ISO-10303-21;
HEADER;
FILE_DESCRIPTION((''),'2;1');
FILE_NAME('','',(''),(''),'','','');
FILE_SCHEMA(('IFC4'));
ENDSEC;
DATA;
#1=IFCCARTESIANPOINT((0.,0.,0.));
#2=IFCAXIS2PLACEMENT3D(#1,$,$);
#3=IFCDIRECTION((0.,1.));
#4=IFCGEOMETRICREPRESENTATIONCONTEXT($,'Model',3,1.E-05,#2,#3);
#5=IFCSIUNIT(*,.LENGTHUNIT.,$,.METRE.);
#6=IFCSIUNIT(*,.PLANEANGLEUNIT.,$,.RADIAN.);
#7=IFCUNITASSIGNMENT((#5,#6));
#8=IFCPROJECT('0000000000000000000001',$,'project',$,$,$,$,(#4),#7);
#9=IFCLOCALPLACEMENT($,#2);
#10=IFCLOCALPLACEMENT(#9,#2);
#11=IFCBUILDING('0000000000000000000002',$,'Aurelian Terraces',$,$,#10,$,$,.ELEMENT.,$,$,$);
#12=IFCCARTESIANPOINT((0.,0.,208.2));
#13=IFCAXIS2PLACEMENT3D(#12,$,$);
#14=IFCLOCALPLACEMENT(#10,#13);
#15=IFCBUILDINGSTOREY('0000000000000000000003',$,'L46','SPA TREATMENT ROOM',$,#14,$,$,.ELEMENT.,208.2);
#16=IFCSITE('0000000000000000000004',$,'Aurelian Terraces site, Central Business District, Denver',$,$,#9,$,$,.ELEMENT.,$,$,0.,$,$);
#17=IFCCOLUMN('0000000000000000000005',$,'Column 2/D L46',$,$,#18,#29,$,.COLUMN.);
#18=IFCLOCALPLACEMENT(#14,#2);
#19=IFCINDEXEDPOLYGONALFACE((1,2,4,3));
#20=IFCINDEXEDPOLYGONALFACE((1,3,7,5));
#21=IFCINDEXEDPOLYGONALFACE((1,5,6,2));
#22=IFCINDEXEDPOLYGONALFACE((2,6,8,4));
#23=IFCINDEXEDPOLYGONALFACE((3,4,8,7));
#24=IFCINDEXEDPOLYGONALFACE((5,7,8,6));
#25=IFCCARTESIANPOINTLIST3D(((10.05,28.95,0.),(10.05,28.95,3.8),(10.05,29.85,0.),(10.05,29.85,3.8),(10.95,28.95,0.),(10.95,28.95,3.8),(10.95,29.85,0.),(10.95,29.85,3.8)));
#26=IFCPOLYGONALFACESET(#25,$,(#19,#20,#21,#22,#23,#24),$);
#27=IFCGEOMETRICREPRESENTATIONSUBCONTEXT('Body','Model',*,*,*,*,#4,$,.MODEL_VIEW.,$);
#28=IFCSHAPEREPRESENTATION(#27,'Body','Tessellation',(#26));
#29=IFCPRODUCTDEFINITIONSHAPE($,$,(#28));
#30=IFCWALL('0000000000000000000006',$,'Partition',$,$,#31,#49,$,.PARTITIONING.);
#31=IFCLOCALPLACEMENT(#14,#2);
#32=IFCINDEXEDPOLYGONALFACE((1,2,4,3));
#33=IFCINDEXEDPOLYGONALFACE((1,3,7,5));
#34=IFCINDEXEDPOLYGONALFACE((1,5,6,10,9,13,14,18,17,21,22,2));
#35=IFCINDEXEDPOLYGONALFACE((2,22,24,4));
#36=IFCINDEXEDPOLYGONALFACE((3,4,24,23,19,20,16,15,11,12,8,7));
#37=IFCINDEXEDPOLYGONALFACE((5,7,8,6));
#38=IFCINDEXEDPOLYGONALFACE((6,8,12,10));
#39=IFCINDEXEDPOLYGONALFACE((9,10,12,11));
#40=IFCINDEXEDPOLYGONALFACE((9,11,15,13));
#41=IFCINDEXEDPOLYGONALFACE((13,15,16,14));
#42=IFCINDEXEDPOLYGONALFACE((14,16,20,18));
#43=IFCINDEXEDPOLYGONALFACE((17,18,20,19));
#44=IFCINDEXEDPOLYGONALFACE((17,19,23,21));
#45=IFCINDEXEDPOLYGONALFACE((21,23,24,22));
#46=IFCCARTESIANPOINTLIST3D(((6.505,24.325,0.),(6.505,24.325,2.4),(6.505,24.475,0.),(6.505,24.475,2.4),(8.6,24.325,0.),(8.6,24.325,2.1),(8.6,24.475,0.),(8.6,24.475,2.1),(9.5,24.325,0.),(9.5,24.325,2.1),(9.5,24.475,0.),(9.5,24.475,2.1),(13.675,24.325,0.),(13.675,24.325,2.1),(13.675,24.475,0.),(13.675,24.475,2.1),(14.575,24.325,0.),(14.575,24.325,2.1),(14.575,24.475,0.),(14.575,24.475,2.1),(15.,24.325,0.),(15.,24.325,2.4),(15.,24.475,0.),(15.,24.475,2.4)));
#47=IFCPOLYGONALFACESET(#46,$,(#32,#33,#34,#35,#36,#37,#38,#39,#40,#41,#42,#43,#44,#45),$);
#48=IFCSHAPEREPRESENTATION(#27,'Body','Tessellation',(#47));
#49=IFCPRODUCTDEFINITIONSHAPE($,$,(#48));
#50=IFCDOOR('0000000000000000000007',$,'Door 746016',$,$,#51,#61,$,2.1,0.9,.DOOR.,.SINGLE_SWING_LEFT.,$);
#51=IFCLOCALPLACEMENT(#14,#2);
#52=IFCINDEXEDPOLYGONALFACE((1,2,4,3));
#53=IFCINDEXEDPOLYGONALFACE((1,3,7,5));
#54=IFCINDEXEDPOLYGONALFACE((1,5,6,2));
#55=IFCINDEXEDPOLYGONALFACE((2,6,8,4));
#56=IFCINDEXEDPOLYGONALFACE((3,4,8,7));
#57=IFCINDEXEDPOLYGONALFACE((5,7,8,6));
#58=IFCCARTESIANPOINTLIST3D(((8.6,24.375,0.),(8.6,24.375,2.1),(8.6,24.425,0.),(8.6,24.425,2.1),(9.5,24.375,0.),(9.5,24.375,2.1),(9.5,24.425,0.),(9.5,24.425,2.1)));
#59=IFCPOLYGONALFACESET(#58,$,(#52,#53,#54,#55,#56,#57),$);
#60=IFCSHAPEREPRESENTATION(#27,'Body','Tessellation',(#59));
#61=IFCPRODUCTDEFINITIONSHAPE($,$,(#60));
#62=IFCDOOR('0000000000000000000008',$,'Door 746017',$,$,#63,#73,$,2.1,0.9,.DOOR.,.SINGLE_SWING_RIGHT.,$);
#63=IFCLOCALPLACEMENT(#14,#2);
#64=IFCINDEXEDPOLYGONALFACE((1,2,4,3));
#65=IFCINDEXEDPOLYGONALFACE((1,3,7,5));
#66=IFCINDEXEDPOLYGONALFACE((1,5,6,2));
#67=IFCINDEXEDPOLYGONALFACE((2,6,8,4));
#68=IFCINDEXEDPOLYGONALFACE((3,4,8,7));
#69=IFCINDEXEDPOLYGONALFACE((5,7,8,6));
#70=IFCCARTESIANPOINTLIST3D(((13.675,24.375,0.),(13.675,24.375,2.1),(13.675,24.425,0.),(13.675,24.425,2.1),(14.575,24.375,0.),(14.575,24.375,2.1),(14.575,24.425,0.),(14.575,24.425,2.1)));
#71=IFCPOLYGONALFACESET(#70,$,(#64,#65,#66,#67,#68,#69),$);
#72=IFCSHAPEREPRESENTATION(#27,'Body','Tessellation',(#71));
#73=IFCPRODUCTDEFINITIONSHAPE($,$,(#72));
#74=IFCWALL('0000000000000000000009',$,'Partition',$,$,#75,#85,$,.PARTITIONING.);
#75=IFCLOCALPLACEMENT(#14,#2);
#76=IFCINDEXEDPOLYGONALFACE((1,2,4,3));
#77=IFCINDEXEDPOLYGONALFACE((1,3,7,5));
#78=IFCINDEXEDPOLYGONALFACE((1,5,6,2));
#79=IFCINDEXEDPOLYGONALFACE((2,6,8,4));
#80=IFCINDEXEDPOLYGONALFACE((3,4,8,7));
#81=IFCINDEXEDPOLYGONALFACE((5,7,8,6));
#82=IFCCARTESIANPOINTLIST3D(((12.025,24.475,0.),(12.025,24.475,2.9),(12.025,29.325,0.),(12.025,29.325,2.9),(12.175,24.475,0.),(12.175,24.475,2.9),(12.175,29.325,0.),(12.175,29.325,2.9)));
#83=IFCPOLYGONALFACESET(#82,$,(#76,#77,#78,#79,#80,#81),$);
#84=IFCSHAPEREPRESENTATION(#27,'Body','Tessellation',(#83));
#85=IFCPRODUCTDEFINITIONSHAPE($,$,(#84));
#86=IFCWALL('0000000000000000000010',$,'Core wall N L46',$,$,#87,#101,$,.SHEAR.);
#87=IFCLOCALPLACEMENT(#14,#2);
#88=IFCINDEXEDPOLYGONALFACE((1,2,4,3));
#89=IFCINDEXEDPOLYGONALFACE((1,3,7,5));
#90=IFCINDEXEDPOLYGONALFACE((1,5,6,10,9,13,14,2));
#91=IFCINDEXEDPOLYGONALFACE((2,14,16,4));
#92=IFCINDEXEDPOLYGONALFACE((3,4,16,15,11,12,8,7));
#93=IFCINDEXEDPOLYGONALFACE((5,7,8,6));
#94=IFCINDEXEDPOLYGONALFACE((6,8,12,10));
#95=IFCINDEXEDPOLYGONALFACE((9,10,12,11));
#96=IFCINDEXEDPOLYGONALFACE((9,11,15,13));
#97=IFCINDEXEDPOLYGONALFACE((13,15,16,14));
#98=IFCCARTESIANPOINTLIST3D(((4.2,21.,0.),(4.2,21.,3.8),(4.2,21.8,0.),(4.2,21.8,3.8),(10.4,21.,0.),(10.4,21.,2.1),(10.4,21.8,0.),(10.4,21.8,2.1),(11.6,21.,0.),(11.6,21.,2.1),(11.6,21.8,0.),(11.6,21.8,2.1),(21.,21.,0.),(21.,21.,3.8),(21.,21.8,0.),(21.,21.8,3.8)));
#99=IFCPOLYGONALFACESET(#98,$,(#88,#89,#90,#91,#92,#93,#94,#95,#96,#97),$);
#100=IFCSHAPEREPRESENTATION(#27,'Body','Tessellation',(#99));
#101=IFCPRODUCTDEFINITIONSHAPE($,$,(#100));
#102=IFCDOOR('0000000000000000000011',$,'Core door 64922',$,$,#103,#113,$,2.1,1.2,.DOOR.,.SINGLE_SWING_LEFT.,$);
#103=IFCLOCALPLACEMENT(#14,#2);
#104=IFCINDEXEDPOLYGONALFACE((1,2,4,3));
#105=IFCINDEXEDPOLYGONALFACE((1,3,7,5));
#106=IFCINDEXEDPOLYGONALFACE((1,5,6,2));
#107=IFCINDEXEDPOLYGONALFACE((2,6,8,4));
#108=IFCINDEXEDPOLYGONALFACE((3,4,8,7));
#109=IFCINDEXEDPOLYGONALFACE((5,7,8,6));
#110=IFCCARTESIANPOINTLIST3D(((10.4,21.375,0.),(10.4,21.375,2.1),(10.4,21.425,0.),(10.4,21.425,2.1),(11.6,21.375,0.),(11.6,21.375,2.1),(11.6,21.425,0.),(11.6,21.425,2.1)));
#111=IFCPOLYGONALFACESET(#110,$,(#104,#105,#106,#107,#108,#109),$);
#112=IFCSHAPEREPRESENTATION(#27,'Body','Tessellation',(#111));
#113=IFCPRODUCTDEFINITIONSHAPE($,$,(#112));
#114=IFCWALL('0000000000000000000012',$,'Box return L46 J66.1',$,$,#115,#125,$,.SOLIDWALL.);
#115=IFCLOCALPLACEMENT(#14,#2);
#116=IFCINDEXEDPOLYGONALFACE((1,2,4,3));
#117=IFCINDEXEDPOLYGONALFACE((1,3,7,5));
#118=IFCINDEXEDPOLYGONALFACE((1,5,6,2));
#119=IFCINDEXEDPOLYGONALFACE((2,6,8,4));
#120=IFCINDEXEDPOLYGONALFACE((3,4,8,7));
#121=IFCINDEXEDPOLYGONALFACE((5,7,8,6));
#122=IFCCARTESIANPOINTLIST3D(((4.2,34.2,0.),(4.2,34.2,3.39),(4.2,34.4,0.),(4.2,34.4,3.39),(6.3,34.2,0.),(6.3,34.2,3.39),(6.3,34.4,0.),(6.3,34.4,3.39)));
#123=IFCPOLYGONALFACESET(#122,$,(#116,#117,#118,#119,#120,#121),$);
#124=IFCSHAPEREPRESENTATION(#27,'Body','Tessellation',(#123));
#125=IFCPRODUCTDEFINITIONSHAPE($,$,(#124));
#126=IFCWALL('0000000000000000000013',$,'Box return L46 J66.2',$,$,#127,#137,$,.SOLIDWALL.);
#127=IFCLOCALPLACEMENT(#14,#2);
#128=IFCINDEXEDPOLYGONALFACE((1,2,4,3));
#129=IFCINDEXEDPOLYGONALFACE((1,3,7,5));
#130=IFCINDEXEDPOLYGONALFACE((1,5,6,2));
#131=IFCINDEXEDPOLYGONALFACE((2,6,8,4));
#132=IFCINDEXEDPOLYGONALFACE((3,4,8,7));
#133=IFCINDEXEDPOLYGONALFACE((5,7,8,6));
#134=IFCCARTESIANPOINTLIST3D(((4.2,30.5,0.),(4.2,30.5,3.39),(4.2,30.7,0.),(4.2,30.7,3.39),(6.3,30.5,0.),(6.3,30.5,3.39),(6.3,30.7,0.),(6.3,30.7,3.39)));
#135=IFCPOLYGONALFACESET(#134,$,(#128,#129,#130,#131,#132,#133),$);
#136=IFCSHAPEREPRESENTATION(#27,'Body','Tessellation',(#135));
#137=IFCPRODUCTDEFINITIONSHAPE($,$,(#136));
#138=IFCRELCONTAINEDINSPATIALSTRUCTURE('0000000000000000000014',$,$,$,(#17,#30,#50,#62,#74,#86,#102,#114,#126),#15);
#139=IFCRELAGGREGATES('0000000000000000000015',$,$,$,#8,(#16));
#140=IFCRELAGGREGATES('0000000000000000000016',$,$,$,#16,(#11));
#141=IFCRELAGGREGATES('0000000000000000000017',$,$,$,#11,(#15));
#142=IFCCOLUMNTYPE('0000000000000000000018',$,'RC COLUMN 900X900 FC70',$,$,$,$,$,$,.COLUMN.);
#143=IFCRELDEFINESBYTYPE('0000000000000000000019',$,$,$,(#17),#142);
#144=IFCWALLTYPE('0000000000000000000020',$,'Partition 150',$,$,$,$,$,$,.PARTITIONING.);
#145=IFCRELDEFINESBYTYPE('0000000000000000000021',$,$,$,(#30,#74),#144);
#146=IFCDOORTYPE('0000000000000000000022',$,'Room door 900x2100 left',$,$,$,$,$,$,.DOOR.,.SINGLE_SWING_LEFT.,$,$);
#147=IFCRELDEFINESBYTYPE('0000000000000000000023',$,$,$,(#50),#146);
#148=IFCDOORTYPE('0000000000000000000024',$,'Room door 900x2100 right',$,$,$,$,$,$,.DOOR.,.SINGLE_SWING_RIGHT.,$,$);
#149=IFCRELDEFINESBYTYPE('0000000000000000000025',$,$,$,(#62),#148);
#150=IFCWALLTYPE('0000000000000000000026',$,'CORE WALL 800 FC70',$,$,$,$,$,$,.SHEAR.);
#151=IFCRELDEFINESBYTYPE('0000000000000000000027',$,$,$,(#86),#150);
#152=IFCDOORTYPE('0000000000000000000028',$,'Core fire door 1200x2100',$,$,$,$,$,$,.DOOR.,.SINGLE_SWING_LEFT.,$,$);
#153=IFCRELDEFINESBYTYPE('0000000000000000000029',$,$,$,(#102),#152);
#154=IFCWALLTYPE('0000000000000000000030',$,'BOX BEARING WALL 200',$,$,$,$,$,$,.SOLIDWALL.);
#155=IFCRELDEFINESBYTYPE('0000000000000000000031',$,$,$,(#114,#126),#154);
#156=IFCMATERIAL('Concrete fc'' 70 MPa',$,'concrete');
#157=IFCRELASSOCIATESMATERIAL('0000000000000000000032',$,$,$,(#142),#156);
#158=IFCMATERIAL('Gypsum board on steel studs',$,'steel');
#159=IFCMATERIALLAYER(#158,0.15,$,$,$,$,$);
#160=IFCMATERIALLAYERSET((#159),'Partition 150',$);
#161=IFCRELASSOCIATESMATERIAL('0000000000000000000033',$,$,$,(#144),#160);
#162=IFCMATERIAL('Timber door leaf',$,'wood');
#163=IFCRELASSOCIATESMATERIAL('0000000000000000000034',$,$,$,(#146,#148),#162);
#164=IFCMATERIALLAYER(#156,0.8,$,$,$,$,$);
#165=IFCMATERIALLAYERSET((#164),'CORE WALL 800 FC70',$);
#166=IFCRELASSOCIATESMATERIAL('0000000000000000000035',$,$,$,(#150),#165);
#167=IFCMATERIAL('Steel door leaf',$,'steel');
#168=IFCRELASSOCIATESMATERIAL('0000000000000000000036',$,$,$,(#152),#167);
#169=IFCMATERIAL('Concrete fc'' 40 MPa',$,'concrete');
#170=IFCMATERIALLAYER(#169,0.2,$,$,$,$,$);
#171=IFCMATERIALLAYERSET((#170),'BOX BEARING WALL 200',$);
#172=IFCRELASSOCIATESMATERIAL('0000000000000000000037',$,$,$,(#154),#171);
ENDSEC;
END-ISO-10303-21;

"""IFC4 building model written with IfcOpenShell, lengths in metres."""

from ifc_helpers import new_model, si_unit, direction, frame, frame_2d, origin, origin_2d, place, context, subcontext, project, spatial, rectangle, extrude, source, transform, mapped, material, layer, layer_set, material_profile, profile_set, type_object, element, fill, save


model = new_model("IFC4")

# Units and contexts
model_context = context("Model", 3, precision=1e-05, world=origin(), true_north=direction((0.0, 1.0)))
body_context = subcontext(model_context, "Body", "Model", "MODEL_VIEW")
ifc_project = project(units=[si_unit("LENGTHUNIT", "METRE"), si_unit("PLANEANGLEUNIT", "RADIAN")], contexts=[model_context])

# Site, building, storey
site_placement = place(None, origin())
site = spatial("IfcSite", under=ifc_project, at=site_placement, Name="Aurelian Terraces site, Central Business District, Denver", CompositionType="ELEMENT", RefElevation=0.0)
building_placement = place(site_placement, origin())
building = spatial("IfcBuilding", under=site, at=building_placement, Name="Aurelian Terraces", CompositionType="ELEMENT")
storey_placement = place(building_placement, frame((0.0, 0.0, 208.2)))
storey = spatial("IfcBuildingStorey", under=building, at=storey_placement, Name="L46", Description="SPA TREATMENT ROOM", CompositionType="ELEMENT", Elevation=208.2)

# Column
ifc_material_1 = material(Name="Concrete fc' 70 MPa", Category="concrete")
ifc_material_profile = material_profile(ifc_material_1, rectangle(XDim=0.9, YDim=0.9, at=origin_2d()))
ifc_profile_set = profile_set([ifc_material_profile], Name="Concrete fc' 70 MPa")
column_type = type_object("IfcColumnType", Name="RC COLUMN 900X900 FC70", PredefinedType="COLUMN", material=ifc_profile_set)
shared_shape_1 = source(origin(), body_context, "Body", "SweptSolid", [
    extrude(rectangle(XDim=0.9, YDim=0.9, at=origin_2d()), origin(), (0.0, 0.0, 1.0), 3.8),
])
column_placement = place(storey_placement, frame((10.5, 29.4, 0.0), z_axis=(0.0, 0.0, 1.0), x_axis=(1.0, 0.0, 0.0)))
element("IfcColumn", 1, at=column_placement, inside=storey, type_object=column_type, Name="Column 2/D L46", PredefinedType="COLUMN", context=body_context, shape_type="MappedRepresentation", body=[
    mapped(shared_shape_1, transform((0.0, 0.0, 0.0), scale=1.0)),
])

# Wall, openings, doors
ifc_material_2 = material(Name="Gypsum board on steel studs", Category="steel")
ifc_layer_1 = layer(ifc_material_2, 0.15)
ifc_layer_set_1 = layer_set([ifc_layer_1], Name="Partition 150")
wall_type_1 = type_object("IfcWallType", Name="Partition 150", PredefinedType="PARTITIONING", material=ifc_layer_set_1)
wall_1_placement = place(storey_placement, frame((6.505, 24.4, 0.0), z_axis=(0.0, 0.0, 1.0), x_axis=(1.0, 0.0, 0.0)))
wall_1 = element("IfcWall", 2, at=wall_1_placement, inside=storey, type_object=wall_type_1, Name="Partition", PredefinedType="PARTITIONING", context=body_context, shape_type="SweptSolid", body=[
    extrude(rectangle(XDim=8.495, YDim=0.15, at=frame_2d((4.2475, 0.0))), origin(), (0.0, 0.0, 1.0), 2.4),
])
shared_shape_2 = source(origin(), body_context, "Body", "SweptSolid", [
    extrude(rectangle(XDim=0.9, YDim=2.1, at=frame_2d((0.45, 1.05))), frame((0.0, 0.085, 0.0), z_axis=(0.0, -1.0, 0.0), x_axis=(1.0, 0.0, 0.0)), (0.0, 0.0, 1.0), 0.17),
])
opening_1_placement = place(wall_1_placement, frame((2.095, 0.0, 0.0)))
opening_1 = element("IfcOpeningElement", 3, at=opening_1_placement, cuts=wall_1, PredefinedType="OPENING", context=body_context, shape_type="MappedRepresentation", body=[
    mapped(shared_shape_2, transform((0.0, 0.0, 0.0), scale=1.0)),
])
opening_2_placement = place(wall_1_placement, frame((7.17, 0.0, 0.0)))
opening_2 = element("IfcOpeningElement", 4, at=opening_2_placement, cuts=wall_1, PredefinedType="OPENING", context=body_context, shape_type="MappedRepresentation", body=[
    mapped(shared_shape_2, transform((0.0, 0.0, 0.0), scale=1.0)),
])
ifc_material_3 = material(Name="Timber door leaf", Category="wood")
door_type_1 = type_object("IfcDoorType", Name="Room door 900x2100 left", OperationType="SINGLE_SWING_LEFT", PredefinedType="DOOR", material=ifc_material_3)
shared_shape_3 = source(origin(), body_context, "Body", "SweptSolid", [
    extrude(rectangle(XDim=0.9, YDim=2.1, at=frame_2d((0.45, 1.05))), frame((0.0, 0.025, 0.0), z_axis=(0.0, -1.0, 0.0), x_axis=(1.0, 0.0, 0.0)), (0.0, 0.0, 1.0), 0.05),
])
door_1_placement = place(opening_1_placement, origin())
door_1 = element("IfcDoor", 5, at=door_1_placement, inside=storey, type_object=door_type_1, Name="Door 746016", OperationType="SINGLE_SWING_LEFT", OverallHeight=2.1, OverallWidth=0.9, PredefinedType="DOOR", context=body_context, shape_type="MappedRepresentation", body=[
    mapped(shared_shape_3, transform((0.0, 0.0, 0.0), scale=1.0)),
])
fill(opening_1, door_1)
door_type_2 = type_object("IfcDoorType", Name="Room door 900x2100 right", OperationType="SINGLE_SWING_RIGHT", PredefinedType="DOOR", material=ifc_material_3)
door_2_placement = place(opening_2_placement, origin())
door_2 = element("IfcDoor", 6, at=door_2_placement, inside=storey, type_object=door_type_2, Name="Door 746017", OperationType="SINGLE_SWING_RIGHT", OverallHeight=2.1, OverallWidth=0.9, PredefinedType="DOOR", context=body_context, shape_type="MappedRepresentation", body=[
    mapped(shared_shape_3, transform((0.0, 0.0, 0.0), scale=1.0)),
])
fill(opening_2, door_2)

# Wall
wall_2_placement = place(storey_placement, frame((12.1, 24.475, 0.0), z_axis=(0.0, 0.0, 1.0), x_axis=(0.0, 1.0, 0.0)))
element("IfcWall", 7, at=wall_2_placement, inside=storey, type_object=wall_type_1, Name="Partition", PredefinedType="PARTITIONING", context=body_context, shape_type="SweptSolid", body=[
    extrude(rectangle(XDim=4.85, YDim=0.15, at=frame_2d((2.425, 0.0))), origin(), (0.0, 0.0, 1.0), 2.9),
])

# Wall, opening, door
ifc_layer_2 = layer(ifc_material_1, 0.8)
ifc_layer_set_2 = layer_set([ifc_layer_2], Name="CORE WALL 800 FC70")
wall_type_2 = type_object("IfcWallType", Name="CORE WALL 800 FC70", PredefinedType="SHEAR", material=ifc_layer_set_2)
shared_shape_4 = source(origin(), body_context, "Body", "SweptSolid", [
    extrude(rectangle(XDim=16.8, YDim=0.8, at=frame_2d((8.4, 0.0))), origin(), (0.0, 0.0, 1.0), 3.8),
])
wall_3_placement = place(storey_placement, frame((4.2, 21.4, 0.0), z_axis=(0.0, 0.0, 1.0), x_axis=(1.0, 0.0, 0.0)))
wall_3 = element("IfcWall", 8, at=wall_3_placement, inside=storey, type_object=wall_type_2, Name="Core wall N L46", PredefinedType="SHEAR", context=body_context, shape_type="MappedRepresentation", body=[
    mapped(shared_shape_4, transform((0.0, 0.0, 0.0), scale=1.0)),
])
shared_shape_5 = source(origin(), body_context, "Body", "SweptSolid", [
    extrude(rectangle(XDim=1.2, YDim=2.1, at=frame_2d((0.6, 1.05))), frame((0.0, 0.41, 0.0), z_axis=(0.0, -1.0, 0.0), x_axis=(1.0, 0.0, 0.0)), (0.0, 0.0, 1.0), 0.82),
])
opening_3_placement = place(wall_3_placement, frame((6.2, 0.0, 0.0)))
opening_3 = element("IfcOpeningElement", 9, at=opening_3_placement, cuts=wall_3, PredefinedType="OPENING", context=body_context, shape_type="MappedRepresentation", body=[
    mapped(shared_shape_5, transform((0.0, 0.0, 0.0), scale=1.0)),
])
ifc_material_4 = material(Name="Steel door leaf", Category="steel")
door_type_3 = type_object("IfcDoorType", Name="Core fire door 1200x2100", OperationType="SINGLE_SWING_LEFT", PredefinedType="DOOR", material=ifc_material_4)
shared_shape_6 = source(origin(), body_context, "Body", "SweptSolid", [
    extrude(rectangle(XDim=1.2, YDim=2.1, at=frame_2d((0.6, 1.05))), frame((0.0, 0.025, 0.0), z_axis=(0.0, -1.0, 0.0), x_axis=(1.0, 0.0, 0.0)), (0.0, 0.0, 1.0), 0.05),
])
door_3_placement = place(opening_3_placement, origin())
door_3 = element("IfcDoor", 10, at=door_3_placement, inside=storey, type_object=door_type_3, Name="Core door 64922", OperationType="SINGLE_SWING_LEFT", OverallHeight=2.1, OverallWidth=1.2, PredefinedType="DOOR", context=body_context, shape_type="MappedRepresentation", body=[
    mapped(shared_shape_6, transform((0.0, 0.0, 0.0), scale=1.0)),
])
fill(opening_3, door_3)

# Walls
ifc_material_5 = material(Name="Concrete fc' 40 MPa", Category="concrete")
ifc_layer_3 = layer(ifc_material_5, 0.2)
ifc_layer_set_3 = layer_set([ifc_layer_3], Name="BOX BEARING WALL 200")
wall_type_3 = type_object("IfcWallType", Name="BOX BEARING WALL 200", PredefinedType="SOLIDWALL", material=ifc_layer_set_3)
shared_shape_7 = source(origin(), body_context, "Body", "SweptSolid", [
    extrude(rectangle(XDim=2.1, YDim=0.2, at=frame_2d((1.05, 0.0))), origin(), (0.0, 0.0, 1.0), 3.39),
])
for number, where, z_axis, x_axis, name in (
    (11, (6.3, 34.3, 0.0), (0.0, 0.0, 1.0), (-1.0, 0.0, 0.0), "Box return L46 J66.1"),
    (12, (6.3, 30.6, 0.0), (0.0, 0.0, 1.0), (-1.0, 0.0, 0.0), "Box return L46 J66.2"),
):
    element("IfcWall", number, at=place(storey_placement, frame(where, z_axis=z_axis, x_axis=x_axis)), inside=storey, type_object=wall_type_3, Name=name, PredefinedType="SOLIDWALL", context=body_context, shape_type="MappedRepresentation", body=[
        mapped(shared_shape_7, transform((0.0, 0.0, 0.0), scale=1.0)),
    ])

save(model, "model.ifc")
